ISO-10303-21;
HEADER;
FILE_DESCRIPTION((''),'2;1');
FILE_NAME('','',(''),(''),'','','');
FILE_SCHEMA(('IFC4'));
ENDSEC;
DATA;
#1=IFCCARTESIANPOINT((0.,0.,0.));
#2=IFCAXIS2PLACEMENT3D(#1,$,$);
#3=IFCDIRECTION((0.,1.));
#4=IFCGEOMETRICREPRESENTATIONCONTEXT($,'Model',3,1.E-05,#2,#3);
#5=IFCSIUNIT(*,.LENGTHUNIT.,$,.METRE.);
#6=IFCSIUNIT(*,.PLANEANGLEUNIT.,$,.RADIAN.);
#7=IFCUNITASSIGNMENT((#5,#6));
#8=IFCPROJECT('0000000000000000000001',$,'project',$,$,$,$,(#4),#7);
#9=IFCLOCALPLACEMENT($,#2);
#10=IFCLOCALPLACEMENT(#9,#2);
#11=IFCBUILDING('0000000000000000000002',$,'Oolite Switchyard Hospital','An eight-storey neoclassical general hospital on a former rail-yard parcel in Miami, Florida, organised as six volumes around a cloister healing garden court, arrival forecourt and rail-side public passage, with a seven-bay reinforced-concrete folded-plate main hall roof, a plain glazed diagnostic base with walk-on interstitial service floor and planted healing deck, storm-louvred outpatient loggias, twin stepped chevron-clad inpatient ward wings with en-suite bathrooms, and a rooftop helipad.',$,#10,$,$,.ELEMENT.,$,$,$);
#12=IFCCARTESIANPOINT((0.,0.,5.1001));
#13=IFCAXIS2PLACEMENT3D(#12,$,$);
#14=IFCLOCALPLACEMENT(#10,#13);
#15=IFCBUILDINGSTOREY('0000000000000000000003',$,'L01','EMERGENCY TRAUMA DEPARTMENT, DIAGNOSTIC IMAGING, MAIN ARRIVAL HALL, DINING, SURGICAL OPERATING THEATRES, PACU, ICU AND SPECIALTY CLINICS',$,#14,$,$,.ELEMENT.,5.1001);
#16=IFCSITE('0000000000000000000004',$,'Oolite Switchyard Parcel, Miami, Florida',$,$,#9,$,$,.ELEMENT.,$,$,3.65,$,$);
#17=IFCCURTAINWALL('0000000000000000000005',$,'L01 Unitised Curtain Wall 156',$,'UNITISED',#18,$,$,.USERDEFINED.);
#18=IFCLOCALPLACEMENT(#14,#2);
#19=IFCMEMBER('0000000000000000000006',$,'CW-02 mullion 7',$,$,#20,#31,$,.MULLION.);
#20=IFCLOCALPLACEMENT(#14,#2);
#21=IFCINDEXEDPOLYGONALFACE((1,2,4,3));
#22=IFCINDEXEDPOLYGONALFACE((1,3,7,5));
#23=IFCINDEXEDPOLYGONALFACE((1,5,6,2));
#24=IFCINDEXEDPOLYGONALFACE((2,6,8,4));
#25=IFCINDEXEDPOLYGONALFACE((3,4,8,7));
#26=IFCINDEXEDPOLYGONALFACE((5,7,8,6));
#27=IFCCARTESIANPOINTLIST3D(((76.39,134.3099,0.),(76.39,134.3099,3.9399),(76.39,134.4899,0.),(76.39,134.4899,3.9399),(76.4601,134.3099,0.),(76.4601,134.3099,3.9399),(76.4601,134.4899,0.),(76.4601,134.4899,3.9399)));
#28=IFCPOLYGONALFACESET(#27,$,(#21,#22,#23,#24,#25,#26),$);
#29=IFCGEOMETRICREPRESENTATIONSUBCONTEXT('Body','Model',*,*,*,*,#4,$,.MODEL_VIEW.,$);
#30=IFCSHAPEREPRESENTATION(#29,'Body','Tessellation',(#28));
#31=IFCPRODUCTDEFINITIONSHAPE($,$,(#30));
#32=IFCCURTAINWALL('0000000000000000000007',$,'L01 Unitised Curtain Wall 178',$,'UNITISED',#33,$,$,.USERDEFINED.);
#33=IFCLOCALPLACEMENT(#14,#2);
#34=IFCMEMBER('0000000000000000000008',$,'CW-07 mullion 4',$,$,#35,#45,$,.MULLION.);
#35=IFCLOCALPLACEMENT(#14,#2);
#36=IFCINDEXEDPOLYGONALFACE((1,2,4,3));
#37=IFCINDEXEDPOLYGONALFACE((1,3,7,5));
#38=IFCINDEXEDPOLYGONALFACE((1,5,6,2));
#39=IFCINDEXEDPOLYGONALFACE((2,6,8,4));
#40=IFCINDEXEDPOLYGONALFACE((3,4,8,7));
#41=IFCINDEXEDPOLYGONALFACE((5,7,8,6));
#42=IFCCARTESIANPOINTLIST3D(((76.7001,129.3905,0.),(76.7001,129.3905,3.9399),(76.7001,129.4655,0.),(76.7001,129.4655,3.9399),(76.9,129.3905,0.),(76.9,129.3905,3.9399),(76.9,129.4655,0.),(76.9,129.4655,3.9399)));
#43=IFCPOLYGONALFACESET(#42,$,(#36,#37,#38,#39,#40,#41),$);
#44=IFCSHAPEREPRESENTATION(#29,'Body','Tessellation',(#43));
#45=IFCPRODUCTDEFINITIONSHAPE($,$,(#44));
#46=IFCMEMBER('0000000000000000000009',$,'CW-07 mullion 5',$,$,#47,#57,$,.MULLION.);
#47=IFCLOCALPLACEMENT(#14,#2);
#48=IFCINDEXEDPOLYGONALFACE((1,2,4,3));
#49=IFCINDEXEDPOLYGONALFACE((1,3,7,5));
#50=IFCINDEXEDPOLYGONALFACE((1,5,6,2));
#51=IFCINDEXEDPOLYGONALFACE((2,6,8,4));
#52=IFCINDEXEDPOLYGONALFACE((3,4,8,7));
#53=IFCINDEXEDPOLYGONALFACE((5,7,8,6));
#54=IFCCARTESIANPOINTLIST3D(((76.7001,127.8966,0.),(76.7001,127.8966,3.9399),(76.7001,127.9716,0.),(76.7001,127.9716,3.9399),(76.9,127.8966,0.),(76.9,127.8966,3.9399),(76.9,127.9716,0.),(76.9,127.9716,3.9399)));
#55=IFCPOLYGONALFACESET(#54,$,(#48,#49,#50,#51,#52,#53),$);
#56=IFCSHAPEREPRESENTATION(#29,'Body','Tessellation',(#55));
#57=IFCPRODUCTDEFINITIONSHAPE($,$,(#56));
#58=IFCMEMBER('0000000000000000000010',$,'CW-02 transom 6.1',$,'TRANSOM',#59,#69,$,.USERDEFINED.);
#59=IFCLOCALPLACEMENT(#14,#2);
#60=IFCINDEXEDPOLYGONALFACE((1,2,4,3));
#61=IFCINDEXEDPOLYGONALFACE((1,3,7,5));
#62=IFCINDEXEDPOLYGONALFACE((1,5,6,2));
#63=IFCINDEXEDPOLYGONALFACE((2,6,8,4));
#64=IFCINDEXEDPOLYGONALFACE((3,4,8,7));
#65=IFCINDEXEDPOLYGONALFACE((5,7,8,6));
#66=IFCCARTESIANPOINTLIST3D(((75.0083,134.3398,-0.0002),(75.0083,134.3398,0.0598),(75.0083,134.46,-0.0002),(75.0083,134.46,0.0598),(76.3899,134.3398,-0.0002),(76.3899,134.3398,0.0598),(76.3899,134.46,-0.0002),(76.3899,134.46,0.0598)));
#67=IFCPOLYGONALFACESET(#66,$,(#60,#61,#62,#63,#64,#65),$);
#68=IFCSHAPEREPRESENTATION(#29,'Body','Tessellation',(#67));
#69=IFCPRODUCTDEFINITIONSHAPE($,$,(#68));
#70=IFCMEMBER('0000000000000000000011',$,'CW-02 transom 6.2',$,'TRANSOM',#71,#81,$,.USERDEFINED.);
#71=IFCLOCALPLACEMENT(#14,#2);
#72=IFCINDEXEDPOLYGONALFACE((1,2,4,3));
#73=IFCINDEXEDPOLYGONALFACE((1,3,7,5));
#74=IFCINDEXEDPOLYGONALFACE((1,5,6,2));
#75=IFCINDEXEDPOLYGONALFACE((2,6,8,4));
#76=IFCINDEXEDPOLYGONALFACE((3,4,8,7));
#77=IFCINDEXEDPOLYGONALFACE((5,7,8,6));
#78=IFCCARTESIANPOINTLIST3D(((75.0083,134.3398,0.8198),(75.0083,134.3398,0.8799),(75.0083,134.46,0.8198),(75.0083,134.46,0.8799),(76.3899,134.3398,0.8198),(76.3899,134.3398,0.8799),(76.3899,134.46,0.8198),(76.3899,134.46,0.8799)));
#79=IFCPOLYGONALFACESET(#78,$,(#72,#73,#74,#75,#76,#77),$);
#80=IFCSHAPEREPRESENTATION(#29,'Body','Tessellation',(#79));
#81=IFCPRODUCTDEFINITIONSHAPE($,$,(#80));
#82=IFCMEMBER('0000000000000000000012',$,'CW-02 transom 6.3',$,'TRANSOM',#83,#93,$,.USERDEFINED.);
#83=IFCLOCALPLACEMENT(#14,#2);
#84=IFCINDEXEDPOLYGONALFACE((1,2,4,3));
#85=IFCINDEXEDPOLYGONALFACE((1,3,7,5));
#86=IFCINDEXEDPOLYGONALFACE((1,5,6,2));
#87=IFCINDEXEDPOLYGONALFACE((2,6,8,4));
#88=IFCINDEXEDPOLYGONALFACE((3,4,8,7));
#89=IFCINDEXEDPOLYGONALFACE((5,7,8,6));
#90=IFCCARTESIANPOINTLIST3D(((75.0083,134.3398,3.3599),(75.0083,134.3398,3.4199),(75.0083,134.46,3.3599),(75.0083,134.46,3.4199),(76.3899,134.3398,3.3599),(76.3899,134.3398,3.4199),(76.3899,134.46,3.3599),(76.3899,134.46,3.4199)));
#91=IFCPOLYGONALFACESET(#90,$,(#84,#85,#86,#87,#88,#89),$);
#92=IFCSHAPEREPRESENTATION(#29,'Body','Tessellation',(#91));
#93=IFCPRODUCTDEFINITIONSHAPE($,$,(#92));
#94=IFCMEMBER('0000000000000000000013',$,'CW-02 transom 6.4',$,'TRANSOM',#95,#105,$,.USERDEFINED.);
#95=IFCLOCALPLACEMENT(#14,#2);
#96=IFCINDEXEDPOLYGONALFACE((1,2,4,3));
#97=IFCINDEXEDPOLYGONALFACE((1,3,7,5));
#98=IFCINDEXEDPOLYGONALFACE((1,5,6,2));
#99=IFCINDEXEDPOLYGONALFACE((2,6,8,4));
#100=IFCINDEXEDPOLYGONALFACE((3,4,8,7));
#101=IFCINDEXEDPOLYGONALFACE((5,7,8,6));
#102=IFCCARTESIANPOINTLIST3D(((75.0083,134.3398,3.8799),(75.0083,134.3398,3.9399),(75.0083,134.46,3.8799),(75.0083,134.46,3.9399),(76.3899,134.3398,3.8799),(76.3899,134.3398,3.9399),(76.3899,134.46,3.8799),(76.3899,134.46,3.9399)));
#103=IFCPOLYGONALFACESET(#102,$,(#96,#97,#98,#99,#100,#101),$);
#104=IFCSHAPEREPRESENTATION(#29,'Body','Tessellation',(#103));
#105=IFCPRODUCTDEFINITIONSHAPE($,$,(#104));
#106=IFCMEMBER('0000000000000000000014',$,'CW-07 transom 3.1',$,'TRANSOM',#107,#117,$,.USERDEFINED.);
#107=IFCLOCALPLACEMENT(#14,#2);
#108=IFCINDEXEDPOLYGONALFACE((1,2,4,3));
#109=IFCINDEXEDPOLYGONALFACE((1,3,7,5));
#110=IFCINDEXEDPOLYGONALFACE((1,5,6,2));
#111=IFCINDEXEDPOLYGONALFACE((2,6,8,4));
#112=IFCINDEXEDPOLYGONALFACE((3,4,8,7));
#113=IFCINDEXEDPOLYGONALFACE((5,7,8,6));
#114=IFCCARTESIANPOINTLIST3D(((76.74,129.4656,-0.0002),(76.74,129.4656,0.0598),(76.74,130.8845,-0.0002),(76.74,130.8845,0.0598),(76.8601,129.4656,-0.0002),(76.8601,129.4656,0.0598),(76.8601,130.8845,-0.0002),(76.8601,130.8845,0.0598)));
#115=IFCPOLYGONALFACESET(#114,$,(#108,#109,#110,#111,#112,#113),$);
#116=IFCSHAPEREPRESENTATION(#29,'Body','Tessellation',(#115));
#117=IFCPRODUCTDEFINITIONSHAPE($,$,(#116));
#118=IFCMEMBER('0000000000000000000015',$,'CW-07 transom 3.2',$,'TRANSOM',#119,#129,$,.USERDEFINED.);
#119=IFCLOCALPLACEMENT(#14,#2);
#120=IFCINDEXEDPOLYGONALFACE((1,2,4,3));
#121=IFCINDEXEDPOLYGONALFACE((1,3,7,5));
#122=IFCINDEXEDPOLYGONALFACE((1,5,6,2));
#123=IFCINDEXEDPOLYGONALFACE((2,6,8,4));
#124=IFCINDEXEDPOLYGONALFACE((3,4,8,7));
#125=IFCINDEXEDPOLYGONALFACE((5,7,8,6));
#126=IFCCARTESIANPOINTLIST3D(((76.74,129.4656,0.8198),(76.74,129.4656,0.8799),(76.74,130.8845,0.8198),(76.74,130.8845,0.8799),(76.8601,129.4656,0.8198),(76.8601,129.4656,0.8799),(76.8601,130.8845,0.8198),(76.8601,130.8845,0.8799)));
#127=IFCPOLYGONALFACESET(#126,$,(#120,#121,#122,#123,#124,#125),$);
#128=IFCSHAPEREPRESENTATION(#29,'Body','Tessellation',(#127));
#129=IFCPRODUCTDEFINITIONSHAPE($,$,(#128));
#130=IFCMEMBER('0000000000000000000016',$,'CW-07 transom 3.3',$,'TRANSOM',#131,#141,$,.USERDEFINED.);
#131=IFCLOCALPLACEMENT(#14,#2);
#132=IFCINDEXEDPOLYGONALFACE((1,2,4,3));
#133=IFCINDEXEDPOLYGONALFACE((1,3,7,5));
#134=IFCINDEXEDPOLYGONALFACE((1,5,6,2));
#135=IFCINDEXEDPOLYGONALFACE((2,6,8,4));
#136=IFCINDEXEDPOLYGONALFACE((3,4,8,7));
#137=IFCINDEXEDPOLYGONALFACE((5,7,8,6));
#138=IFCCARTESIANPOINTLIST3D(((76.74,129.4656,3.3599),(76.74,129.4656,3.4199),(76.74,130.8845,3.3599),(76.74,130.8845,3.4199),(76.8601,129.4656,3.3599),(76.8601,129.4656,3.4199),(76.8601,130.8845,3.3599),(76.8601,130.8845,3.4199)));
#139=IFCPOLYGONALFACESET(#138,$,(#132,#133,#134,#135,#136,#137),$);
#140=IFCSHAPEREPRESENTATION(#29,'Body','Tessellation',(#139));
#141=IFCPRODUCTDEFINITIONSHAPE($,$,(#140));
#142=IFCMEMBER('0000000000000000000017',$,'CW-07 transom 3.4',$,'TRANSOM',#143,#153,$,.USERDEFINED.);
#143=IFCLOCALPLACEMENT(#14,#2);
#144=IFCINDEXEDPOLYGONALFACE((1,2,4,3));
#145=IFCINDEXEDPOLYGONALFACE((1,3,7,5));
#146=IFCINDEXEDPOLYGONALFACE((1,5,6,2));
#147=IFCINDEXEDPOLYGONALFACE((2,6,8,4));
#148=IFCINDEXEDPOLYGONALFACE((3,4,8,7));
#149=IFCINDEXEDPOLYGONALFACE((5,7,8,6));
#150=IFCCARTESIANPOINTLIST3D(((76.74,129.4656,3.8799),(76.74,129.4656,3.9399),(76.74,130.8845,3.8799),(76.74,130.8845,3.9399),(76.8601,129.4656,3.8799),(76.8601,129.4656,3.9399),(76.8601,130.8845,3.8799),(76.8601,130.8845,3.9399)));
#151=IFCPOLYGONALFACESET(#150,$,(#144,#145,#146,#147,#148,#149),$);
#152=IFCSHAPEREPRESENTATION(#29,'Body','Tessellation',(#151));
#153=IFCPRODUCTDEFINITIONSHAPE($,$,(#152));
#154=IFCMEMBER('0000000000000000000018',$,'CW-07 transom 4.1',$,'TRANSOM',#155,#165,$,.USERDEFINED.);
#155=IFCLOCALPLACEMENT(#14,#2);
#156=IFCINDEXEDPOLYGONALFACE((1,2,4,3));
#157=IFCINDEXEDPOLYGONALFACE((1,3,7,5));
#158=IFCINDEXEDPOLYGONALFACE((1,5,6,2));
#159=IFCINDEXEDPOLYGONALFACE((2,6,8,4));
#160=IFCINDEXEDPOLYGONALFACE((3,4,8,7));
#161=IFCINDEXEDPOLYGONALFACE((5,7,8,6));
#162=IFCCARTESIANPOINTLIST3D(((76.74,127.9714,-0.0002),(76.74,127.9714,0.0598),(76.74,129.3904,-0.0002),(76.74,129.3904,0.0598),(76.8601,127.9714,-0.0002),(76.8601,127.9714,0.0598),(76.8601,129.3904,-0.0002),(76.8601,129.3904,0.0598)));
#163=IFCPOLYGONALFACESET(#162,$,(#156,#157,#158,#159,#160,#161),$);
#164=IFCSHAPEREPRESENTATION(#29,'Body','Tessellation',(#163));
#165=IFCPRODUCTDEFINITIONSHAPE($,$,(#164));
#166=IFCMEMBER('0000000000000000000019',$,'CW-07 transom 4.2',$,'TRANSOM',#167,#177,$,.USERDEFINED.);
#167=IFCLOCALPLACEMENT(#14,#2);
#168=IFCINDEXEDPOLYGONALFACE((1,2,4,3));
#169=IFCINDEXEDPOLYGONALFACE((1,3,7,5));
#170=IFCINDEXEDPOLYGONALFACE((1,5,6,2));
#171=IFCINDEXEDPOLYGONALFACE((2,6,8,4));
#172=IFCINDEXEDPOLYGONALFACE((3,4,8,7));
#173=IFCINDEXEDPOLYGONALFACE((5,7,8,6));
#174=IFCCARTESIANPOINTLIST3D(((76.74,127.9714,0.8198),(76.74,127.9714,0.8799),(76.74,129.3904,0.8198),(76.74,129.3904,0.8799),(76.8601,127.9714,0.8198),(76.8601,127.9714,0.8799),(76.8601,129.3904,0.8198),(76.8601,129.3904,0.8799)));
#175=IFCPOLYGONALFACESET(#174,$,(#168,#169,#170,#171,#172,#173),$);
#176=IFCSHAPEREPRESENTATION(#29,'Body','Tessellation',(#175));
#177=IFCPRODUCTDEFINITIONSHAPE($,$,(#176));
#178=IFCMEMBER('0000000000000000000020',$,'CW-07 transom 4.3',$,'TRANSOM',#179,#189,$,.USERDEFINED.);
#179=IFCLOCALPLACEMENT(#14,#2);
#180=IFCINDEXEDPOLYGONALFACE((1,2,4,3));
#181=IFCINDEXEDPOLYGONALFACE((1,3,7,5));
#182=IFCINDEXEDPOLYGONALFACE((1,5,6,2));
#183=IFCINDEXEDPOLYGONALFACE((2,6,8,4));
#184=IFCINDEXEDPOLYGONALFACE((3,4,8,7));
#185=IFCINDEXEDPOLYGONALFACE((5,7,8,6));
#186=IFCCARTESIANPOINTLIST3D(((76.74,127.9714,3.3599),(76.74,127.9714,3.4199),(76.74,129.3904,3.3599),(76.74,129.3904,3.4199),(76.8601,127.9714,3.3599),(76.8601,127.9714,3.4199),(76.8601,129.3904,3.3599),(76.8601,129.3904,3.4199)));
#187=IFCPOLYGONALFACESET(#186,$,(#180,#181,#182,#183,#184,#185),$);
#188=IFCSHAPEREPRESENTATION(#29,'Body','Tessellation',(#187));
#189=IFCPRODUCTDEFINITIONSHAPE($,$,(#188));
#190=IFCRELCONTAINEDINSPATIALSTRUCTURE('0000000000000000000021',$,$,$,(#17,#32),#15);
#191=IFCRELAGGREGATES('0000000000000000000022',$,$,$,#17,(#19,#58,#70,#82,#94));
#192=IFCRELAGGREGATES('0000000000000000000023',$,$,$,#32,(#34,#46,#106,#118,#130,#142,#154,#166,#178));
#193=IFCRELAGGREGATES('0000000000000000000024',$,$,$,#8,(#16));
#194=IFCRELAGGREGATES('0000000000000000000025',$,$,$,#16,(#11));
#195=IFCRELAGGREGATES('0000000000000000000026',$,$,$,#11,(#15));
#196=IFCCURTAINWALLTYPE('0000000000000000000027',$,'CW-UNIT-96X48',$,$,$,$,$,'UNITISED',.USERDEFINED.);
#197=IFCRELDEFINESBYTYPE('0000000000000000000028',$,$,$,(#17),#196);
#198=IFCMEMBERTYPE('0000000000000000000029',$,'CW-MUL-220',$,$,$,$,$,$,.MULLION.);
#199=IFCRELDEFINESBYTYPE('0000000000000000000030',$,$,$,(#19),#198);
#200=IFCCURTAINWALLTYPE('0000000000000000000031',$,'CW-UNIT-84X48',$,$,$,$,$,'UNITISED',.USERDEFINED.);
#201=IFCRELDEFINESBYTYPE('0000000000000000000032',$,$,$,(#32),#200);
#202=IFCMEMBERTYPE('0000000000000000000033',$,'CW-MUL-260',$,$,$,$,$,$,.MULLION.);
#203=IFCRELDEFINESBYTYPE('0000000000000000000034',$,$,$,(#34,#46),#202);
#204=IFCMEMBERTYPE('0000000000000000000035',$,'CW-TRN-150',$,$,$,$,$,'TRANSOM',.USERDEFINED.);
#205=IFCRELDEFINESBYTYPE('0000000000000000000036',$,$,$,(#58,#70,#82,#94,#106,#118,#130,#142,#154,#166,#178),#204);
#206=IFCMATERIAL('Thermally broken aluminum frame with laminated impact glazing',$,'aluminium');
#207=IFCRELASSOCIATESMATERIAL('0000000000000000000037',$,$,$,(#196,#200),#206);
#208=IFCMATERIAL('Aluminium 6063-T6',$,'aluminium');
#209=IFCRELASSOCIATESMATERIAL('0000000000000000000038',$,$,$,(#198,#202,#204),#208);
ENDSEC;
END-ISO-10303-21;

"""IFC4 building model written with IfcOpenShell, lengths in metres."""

from ifc_helpers import new_model, si_unit, direction, frame, origin, origin_2d, place, context, subcontext, project, spatial, rectangle, extrude, material, material_profile, profile_set, type_object, element, aggregate, save


model = new_model("IFC4")

# Units and contexts
model_context = context("Model", 3, precision=1e-05, world=origin(), true_north=direction((0.0, 1.0)))
body_context = subcontext(model_context, "Body", "Model", "MODEL_VIEW")
ifc_project = project(units=[si_unit("LENGTHUNIT", "METRE"), si_unit("PLANEANGLEUNIT", "RADIAN")], contexts=[model_context])

# Site, building, storey
site_placement = place(None, origin())
site = spatial("IfcSite", under=ifc_project, at=site_placement, Name="Oolite Switchyard Parcel, Miami, Florida", CompositionType="ELEMENT", RefElevation=3.65)
building_placement = place(site_placement, origin())
building = spatial("IfcBuilding", under=site, at=building_placement, Name="Oolite Switchyard Hospital", Description="An eight-storey neoclassical general hospital on a former rail-yard parcel in Miami, Florida, organised as six volumes around a cloister healing garden court, arrival forecourt and rail-side public passage, with a seven-bay reinforced-concrete folded-plate main hall roof, a plain glazed diagnostic base with walk-on interstitial service floor and planted healing deck, storm-louvred outpatient loggias, twin stepped chevron-clad inpatient ward wings with en-suite bathrooms, and a rooftop helipad.", CompositionType="ELEMENT")
storey_placement = place(building_placement, frame((0.0, 0.0, 5.1001)))
storey = spatial("IfcBuildingStorey", under=building, at=storey_placement, Name="L01", Description="EMERGENCY TRAUMA DEPARTMENT, DIAGNOSTIC IMAGING, MAIN ARRIVAL HALL, DINING, SURGICAL OPERATING THEATRES, PACU, ICU AND SPECIALTY CLINICS", CompositionType="ELEMENT", Elevation=5.1001)

# Curtain wall, member
ifc_material_1 = material(Name="Thermally broken aluminum frame with laminated impact glazing", Category="aluminium")
curtain_wall_type_1 = type_object("IfcCurtainWallType", Name="CW-UNIT-96X48", ElementType="UNITISED", PredefinedType="USERDEFINED", material=ifc_material_1)
curtain_wall_1_placement = place(storey_placement, origin())
curtain_wall_1 = element("IfcCurtainWall", 1, at=curtain_wall_1_placement, inside=storey, type_object=curtain_wall_type_1, Name="L01 Unitised Curtain Wall 156", ObjectType="UNITISED", PredefinedType="USERDEFINED")
ifc_material_2 = material(Name="Aluminium 6063-T6", Category="aluminium")
ifc_material_profile_1 = material_profile(ifc_material_2, rectangle(XDim=0.1799, YDim=0.0701, at=origin_2d()), Name="CWM70X180")
ifc_profile_set_1 = profile_set([ifc_material_profile_1], Name="Aluminium 6063-T6")
member_type_1 = type_object("IfcMemberType", Name="CW-MUL-220", PredefinedType="MULLION", material=ifc_profile_set_1)
member_1_placement = place(storey_placement, frame((76.425, 134.3999, 0.0), z_axis=(0.0, 0.0, 1.0), x_axis=(0.0, 1.0, 0.0)))
member_1 = element("IfcMember", 2, at=member_1_placement, type_object=member_type_1, Name="CW-02 mullion 7", PredefinedType="MULLION", context=body_context, shape_type="SweptSolid", body=[
    extrude(rectangle(XDim=0.1799, YDim=0.0701, at=origin_2d()), origin(), (0.0, 0.0, 1.0), 3.9399),
])

# Curtain wall, members
curtain_wall_type_2 = type_object("IfcCurtainWallType", Name="CW-UNIT-84X48", ElementType="UNITISED", PredefinedType="USERDEFINED", material=ifc_material_1)
curtain_wall_2_placement = place(storey_placement, origin())
curtain_wall_2 = element("IfcCurtainWall", 3, at=curtain_wall_2_placement, inside=storey, type_object=curtain_wall_type_2, Name="L01 Unitised Curtain Wall 178", ObjectType="UNITISED", PredefinedType="USERDEFINED")
ifc_material_profile_2 = material_profile(ifc_material_2, rectangle(XDim=0.2, YDim=0.075, at=origin_2d()), Name="CWM75X200")
ifc_profile_set_2 = profile_set([ifc_material_profile_2], Name="Aluminium 6063-T6")
member_type_2 = type_object("IfcMemberType", Name="CW-MUL-260", PredefinedType="MULLION", material=ifc_profile_set_2)
member_2_placement = place(storey_placement, frame((76.8, 129.428, 0.0), z_axis=(0.0, 0.0, 1.0), x_axis=(1.0, 0.0, 0.0)))
member_2 = element("IfcMember", 4, at=member_2_placement, type_object=member_type_2, Name="CW-07 mullion 4", PredefinedType="MULLION", context=body_context, shape_type="SweptSolid", body=[
    extrude(rectangle(XDim=0.2, YDim=0.075, at=origin_2d()), origin(), (0.0, 0.0, 1.0), 3.9399),
])
member_3_placement = place(storey_placement, frame((76.8, 127.9341, 0.0), z_axis=(0.0, 0.0, 1.0), x_axis=(1.0, 0.0, 0.0)))
member_3 = element("IfcMember", 5, at=member_3_placement, type_object=member_type_2, Name="CW-07 mullion 5", PredefinedType="MULLION", context=body_context, shape_type="SweptSolid", body=[
    extrude(rectangle(XDim=0.2, YDim=0.075, at=origin_2d()), origin(), (0.0, 0.0, 1.0), 3.9399),
])

# Members
ifc_material_profile_3 = material_profile(ifc_material_2, rectangle(XDim=0.1201, YDim=0.0601, at=origin_2d()), Name="CWT60X120")
ifc_profile_set_3 = profile_set([ifc_material_profile_3], Name="Aluminium 6063-T6")
member_type_3 = type_object("IfcMemberType", Name="CW-TRN-150", ElementType="TRANSOM", PredefinedType="USERDEFINED", material=ifc_profile_set_3)
member_4_placement = place(storey_placement, frame((75.0083, 134.3999, 0.0298), z_axis=(1.0, 0.0, 0.0), x_axis=(0.0, 1.0, 0.0)))
member_4 = element("IfcMember", 6, at=member_4_placement, type_object=member_type_3, Name="CW-02 transom 6.1", ObjectType="TRANSOM", PredefinedType="USERDEFINED", context=body_context, shape_type="SweptSolid", body=[
    extrude(rectangle(XDim=0.1201, YDim=0.0601, at=origin_2d()), origin(), (0.0, 0.0, 1.0), 1.3816),
])
member_5_placement = place(storey_placement, frame((75.0083, 134.3999, 0.8499), z_axis=(1.0, 0.0, 0.0), x_axis=(0.0, 1.0, 0.0)))
member_5 = element("IfcMember", 7, at=member_5_placement, type_object=member_type_3, Name="CW-02 transom 6.2", ObjectType="TRANSOM", PredefinedType="USERDEFINED", context=body_context, shape_type="SweptSolid", body=[
    extrude(rectangle(XDim=0.1201, YDim=0.0601, at=origin_2d()), origin(), (0.0, 0.0, 1.0), 1.3816),
])
member_6_placement = place(storey_placement, frame((75.0083, 134.3999, 3.3899), z_axis=(1.0, 0.0, 0.0), x_axis=(0.0, 1.0, 0.0)))
member_6 = element("IfcMember", 8, at=member_6_placement, type_object=member_type_3, Name="CW-02 transom 6.3", ObjectType="TRANSOM", PredefinedType="USERDEFINED", context=body_context, shape_type="SweptSolid", body=[
    extrude(rectangle(XDim=0.1201, YDim=0.0601, at=origin_2d()), origin(), (0.0, 0.0, 1.0), 1.3816),
])
member_7_placement = place(storey_placement, frame((75.0083, 134.3999, 3.9099), z_axis=(1.0, 0.0, 0.0), x_axis=(0.0, 1.0, 0.0)))
member_7 = element("IfcMember", 9, at=member_7_placement, type_object=member_type_3, Name="CW-02 transom 6.4", ObjectType="TRANSOM", PredefinedType="USERDEFINED", context=body_context, shape_type="SweptSolid", body=[
    extrude(rectangle(XDim=0.1201, YDim=0.0601, at=origin_2d()), origin(), (0.0, 0.0, 1.0), 1.3816),
])
member_8_placement = place(storey_placement, frame((76.8, 130.8845, 0.0298), z_axis=(0.0, -1.0, 0.0), x_axis=(1.0, 0.0, 0.0)))
member_8 = element("IfcMember", 10, at=member_8_placement, type_object=member_type_3, Name="CW-07 transom 3.1", ObjectType="TRANSOM", PredefinedType="USERDEFINED", context=body_context, shape_type="SweptSolid", body=[
    extrude(rectangle(XDim=0.1201, YDim=0.0601, at=origin_2d()), origin(), (0.0, 0.0, 1.0), 1.4189),
])
member_9_placement = place(storey_placement, frame((76.8, 130.8845, 0.8499), z_axis=(0.0, -1.0, 0.0), x_axis=(1.0, 0.0, 0.0)))
member_9 = element("IfcMember", 11, at=member_9_placement, type_object=member_type_3, Name="CW-07 transom 3.2", ObjectType="TRANSOM", PredefinedType="USERDEFINED", context=body_context, shape_type="SweptSolid", body=[
    extrude(rectangle(XDim=0.1201, YDim=0.0601, at=origin_2d()), origin(), (0.0, 0.0, 1.0), 1.4189),
])
member_10_placement = place(storey_placement, frame((76.8, 130.8845, 3.3899), z_axis=(0.0, -1.0, 0.0), x_axis=(1.0, 0.0, 0.0)))
member_10 = element("IfcMember", 12, at=member_10_placement, type_object=member_type_3, Name="CW-07 transom 3.3", ObjectType="TRANSOM", PredefinedType="USERDEFINED", context=body_context, shape_type="SweptSolid", body=[
    extrude(rectangle(XDim=0.1201, YDim=0.0601, at=origin_2d()), origin(), (0.0, 0.0, 1.0), 1.4189),
])
member_11_placement = place(storey_placement, frame((76.8, 130.8845, 3.9099), z_axis=(0.0, -1.0, 0.0), x_axis=(1.0, 0.0, 0.0)))
member_11 = element("IfcMember", 13, at=member_11_placement, type_object=member_type_3, Name="CW-07 transom 3.4", ObjectType="TRANSOM", PredefinedType="USERDEFINED", context=body_context, shape_type="SweptSolid", body=[
    extrude(rectangle(XDim=0.1201, YDim=0.0601, at=origin_2d()), origin(), (0.0, 0.0, 1.0), 1.4189),
])
member_12_placement = place(storey_placement, frame((76.8, 129.3904, 0.0298), z_axis=(0.0, -1.0, 0.0), x_axis=(1.0, 0.0, 0.0)))
member_12 = element("IfcMember", 14, at=member_12_placement, type_object=member_type_3, Name="CW-07 transom 4.1", ObjectType="TRANSOM", PredefinedType="USERDEFINED", context=body_context, shape_type="SweptSolid", body=[
    extrude(rectangle(XDim=0.1201, YDim=0.0601, at=origin_2d()), origin(), (0.0, 0.0, 1.0), 1.4189),
])
member_13_placement = place(storey_placement, frame((76.8, 129.3904, 0.8499), z_axis=(0.0, -1.0, 0.0), x_axis=(1.0, 0.0, 0.0)))
member_13 = element("IfcMember", 15, at=member_13_placement, type_object=member_type_3, Name="CW-07 transom 4.2", ObjectType="TRANSOM", PredefinedType="USERDEFINED", context=body_context, shape_type="SweptSolid", body=[
    extrude(rectangle(XDim=0.1201, YDim=0.0601, at=origin_2d()), origin(), (0.0, 0.0, 1.0), 1.4189),
])
member_14_placement = place(storey_placement, frame((76.8, 129.3904, 3.3899), z_axis=(0.0, -1.0, 0.0), x_axis=(1.0, 0.0, 0.0)))
member_14 = element("IfcMember", 16, at=member_14_placement, type_object=member_type_3, Name="CW-07 transom 4.3", ObjectType="TRANSOM", PredefinedType="USERDEFINED", context=body_context, shape_type="SweptSolid", body=[
    extrude(rectangle(XDim=0.1201, YDim=0.0601, at=origin_2d()), origin(), (0.0, 0.0, 1.0), 1.4189),
])

aggregate(curtain_wall_1, [member_1, member_4, member_5, member_6, member_7])
aggregate(curtain_wall_2, [member_2, member_3, member_8, member_9, member_10, member_11, member_12, member_13, member_14])

save(model, "model.ifc")
